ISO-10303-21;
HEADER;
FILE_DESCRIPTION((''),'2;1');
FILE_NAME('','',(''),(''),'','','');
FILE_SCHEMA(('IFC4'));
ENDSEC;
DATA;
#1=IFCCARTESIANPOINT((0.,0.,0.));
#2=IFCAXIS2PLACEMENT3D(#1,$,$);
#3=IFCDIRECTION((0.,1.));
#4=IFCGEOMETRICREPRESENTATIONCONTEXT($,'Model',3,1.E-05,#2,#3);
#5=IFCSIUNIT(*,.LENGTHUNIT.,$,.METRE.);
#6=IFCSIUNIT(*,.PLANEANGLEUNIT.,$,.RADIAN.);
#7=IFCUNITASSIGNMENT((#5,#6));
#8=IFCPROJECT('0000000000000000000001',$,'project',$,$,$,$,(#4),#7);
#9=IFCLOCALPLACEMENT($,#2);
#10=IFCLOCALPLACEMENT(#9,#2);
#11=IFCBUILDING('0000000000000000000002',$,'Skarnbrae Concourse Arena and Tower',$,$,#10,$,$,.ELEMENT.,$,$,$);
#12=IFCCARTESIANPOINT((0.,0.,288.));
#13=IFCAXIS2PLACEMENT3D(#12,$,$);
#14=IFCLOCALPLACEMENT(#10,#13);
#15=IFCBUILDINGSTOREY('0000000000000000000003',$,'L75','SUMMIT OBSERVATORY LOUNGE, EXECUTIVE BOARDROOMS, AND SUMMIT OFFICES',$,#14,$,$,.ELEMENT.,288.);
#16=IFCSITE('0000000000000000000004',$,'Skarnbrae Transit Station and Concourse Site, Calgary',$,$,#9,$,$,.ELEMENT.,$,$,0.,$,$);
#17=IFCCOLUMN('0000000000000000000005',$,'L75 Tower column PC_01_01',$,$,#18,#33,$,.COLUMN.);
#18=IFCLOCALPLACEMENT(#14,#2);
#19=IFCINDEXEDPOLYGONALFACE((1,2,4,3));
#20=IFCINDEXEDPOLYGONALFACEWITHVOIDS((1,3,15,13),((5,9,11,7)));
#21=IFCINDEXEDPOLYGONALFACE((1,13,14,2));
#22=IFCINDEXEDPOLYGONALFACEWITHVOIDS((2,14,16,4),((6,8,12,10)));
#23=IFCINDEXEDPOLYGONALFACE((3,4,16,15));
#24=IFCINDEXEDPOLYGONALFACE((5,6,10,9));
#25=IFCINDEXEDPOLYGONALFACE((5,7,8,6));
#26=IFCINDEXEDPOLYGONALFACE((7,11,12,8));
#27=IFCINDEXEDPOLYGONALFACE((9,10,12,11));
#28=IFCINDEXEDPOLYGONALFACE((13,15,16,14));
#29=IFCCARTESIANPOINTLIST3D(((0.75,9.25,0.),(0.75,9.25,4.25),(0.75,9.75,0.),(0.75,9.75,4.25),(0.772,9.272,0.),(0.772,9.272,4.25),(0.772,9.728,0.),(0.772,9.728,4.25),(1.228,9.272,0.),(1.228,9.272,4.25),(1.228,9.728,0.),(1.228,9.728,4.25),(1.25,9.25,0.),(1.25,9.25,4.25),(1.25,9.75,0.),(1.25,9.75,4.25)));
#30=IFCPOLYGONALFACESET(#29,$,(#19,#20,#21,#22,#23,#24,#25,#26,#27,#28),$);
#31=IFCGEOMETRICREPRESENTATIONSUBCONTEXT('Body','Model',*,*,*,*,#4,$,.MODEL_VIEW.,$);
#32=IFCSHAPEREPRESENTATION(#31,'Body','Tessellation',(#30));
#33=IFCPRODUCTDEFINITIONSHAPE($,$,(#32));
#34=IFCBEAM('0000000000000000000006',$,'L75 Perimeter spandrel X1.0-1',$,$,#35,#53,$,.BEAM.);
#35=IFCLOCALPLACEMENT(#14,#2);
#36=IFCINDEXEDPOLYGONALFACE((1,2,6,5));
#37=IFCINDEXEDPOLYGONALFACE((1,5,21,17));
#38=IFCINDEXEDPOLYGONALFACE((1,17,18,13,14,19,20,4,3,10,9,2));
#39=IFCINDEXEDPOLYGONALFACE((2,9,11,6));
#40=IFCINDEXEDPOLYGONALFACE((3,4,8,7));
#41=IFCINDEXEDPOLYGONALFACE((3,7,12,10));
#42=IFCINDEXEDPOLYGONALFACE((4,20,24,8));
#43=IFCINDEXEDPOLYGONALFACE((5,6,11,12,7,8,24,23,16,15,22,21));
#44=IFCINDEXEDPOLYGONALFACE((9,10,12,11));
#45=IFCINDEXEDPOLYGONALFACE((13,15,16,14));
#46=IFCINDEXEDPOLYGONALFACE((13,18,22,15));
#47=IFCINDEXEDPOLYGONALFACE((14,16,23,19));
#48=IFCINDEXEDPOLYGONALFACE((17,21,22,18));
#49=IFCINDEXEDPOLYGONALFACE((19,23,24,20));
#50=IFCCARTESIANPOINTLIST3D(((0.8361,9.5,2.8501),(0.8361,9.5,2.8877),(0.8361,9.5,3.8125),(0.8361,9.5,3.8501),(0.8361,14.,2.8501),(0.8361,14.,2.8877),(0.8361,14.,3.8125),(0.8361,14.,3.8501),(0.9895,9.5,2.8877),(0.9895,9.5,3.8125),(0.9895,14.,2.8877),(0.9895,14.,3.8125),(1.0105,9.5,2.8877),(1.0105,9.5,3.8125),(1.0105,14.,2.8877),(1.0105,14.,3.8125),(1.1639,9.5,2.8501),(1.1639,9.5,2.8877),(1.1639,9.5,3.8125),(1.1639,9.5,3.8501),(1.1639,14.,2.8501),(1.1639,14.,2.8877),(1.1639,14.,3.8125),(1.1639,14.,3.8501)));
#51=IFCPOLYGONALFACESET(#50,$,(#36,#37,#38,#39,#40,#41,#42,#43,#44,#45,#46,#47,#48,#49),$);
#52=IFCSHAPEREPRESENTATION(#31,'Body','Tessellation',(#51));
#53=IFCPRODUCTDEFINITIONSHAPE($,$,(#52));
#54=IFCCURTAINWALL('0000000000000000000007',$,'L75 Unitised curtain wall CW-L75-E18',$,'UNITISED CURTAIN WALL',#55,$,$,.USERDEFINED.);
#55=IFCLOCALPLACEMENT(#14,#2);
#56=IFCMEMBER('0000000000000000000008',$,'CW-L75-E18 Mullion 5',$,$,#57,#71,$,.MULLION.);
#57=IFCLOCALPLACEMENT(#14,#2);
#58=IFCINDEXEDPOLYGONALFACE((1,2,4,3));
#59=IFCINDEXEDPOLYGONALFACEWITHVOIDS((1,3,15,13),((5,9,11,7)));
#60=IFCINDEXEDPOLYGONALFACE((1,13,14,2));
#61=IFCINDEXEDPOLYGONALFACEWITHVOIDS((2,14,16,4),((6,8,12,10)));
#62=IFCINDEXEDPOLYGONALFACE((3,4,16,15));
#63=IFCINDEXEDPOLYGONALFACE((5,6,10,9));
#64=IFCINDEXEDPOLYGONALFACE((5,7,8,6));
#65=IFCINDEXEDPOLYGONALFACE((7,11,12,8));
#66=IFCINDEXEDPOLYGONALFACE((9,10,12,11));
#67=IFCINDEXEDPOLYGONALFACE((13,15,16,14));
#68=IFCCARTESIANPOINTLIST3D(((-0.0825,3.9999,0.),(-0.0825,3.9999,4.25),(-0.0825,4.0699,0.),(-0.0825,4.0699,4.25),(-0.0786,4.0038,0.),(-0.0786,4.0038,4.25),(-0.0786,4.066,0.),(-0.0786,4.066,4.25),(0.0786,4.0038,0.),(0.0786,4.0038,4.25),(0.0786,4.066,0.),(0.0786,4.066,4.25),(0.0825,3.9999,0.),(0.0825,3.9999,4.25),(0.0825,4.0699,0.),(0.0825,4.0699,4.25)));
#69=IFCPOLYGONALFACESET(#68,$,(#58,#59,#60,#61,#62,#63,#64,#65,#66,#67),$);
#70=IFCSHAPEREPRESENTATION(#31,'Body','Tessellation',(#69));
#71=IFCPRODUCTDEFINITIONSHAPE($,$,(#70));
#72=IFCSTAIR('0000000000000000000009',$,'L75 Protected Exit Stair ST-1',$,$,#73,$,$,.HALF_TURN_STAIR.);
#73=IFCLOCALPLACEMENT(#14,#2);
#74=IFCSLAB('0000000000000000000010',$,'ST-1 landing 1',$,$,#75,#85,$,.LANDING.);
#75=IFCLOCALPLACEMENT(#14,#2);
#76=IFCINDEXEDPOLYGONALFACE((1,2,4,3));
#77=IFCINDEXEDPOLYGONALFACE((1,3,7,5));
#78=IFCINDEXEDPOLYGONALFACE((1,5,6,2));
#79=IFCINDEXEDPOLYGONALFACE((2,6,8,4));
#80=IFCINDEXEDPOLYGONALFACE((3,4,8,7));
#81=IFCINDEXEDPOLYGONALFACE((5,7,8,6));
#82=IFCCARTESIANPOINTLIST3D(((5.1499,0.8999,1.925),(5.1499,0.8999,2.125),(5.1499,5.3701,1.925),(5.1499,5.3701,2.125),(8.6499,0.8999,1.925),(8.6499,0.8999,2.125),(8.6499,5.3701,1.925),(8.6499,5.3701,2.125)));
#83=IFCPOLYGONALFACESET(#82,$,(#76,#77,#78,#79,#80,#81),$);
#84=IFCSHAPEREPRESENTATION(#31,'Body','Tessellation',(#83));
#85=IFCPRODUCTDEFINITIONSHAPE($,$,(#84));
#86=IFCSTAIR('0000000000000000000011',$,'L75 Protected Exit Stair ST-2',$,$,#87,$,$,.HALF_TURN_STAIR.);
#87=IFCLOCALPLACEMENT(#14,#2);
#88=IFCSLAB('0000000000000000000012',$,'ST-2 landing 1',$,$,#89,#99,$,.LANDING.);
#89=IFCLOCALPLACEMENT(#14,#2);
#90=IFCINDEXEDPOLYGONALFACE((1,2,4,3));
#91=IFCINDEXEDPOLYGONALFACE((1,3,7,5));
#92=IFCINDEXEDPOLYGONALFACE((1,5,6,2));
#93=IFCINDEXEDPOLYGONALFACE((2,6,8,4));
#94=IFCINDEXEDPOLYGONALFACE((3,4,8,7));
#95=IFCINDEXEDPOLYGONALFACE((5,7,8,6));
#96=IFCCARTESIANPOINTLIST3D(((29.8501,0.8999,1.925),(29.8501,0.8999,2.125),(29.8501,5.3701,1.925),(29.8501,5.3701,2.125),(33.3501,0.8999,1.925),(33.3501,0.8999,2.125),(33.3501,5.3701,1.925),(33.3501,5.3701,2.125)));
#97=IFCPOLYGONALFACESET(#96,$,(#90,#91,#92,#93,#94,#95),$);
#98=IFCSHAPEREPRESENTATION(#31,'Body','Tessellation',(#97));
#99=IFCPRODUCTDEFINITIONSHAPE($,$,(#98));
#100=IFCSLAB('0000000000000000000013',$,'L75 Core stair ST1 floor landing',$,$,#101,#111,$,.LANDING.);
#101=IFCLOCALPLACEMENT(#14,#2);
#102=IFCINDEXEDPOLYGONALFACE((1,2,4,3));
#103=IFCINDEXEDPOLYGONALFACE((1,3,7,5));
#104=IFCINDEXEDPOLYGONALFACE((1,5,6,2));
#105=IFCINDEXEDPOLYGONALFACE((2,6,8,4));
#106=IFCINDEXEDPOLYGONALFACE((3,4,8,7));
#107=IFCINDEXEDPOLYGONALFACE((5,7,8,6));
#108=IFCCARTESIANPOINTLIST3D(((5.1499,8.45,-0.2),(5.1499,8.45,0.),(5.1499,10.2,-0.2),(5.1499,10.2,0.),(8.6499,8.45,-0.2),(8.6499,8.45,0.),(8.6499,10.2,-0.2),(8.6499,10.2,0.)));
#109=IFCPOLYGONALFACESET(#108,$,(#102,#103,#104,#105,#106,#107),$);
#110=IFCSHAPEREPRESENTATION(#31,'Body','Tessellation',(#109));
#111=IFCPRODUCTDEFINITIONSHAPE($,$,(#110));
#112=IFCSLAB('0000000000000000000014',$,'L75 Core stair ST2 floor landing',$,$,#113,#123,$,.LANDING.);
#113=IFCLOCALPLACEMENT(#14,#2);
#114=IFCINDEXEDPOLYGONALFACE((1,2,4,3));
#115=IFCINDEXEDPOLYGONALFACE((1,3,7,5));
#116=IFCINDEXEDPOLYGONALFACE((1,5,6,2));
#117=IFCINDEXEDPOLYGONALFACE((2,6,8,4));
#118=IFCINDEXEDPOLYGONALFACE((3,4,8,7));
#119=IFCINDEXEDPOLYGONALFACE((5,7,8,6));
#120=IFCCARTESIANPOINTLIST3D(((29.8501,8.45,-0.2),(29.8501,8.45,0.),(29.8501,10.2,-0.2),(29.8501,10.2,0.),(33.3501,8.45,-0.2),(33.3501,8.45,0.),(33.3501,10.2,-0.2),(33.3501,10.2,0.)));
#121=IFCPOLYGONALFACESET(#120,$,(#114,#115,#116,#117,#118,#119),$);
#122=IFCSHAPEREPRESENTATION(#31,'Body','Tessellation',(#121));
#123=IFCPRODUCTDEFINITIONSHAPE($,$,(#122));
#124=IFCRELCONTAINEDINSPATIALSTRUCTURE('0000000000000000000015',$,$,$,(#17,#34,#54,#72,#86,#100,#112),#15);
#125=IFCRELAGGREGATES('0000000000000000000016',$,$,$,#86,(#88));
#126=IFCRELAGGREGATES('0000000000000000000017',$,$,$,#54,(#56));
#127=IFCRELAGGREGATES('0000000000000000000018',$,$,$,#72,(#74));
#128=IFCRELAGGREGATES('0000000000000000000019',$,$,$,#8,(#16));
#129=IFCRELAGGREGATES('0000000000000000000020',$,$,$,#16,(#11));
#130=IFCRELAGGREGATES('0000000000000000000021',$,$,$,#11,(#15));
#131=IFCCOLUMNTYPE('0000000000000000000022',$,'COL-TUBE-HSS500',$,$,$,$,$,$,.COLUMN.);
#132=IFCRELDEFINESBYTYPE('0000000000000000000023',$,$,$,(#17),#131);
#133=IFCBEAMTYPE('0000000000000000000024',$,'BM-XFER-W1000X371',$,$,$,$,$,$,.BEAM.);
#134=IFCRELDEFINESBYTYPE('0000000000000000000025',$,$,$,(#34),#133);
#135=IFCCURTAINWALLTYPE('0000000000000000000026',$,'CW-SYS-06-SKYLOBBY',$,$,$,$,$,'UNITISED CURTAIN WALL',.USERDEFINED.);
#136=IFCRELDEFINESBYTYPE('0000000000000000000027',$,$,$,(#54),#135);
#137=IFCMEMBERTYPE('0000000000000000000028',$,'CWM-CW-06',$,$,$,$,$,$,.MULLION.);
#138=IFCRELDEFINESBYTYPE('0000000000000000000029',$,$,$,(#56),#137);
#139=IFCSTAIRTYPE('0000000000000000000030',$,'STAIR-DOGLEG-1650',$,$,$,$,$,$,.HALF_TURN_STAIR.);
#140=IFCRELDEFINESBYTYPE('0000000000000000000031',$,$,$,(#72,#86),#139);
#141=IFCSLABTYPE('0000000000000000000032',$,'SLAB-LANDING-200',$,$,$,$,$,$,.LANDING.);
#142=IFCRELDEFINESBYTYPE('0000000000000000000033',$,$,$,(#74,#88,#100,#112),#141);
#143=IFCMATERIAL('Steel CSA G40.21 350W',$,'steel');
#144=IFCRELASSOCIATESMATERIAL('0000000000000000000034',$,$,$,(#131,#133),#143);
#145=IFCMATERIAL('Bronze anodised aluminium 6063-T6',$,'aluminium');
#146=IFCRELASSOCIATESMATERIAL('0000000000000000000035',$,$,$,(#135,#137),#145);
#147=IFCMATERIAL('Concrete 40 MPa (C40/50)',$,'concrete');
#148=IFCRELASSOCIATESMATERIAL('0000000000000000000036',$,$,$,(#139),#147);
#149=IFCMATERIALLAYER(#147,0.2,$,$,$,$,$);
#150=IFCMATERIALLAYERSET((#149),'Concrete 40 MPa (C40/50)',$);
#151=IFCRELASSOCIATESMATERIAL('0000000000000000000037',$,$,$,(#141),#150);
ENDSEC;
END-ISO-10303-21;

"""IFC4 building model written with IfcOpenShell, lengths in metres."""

from ifc_helpers import new_model, si_unit, direction, frame, origin, origin_2d, place, context, subcontext, project, spatial, polyline, hollow_rectangle, i_section, outline, extrude, source, transform, mapped, material, layer, layer_set, material_profile, profile_set, type_object, element, aggregate, save


model = new_model("IFC4")

# Units and contexts
model_context = context("Model", 3, precision=1e-05, world=origin(), true_north=direction((0.0, 1.0)))
body_context = subcontext(model_context, "Body", "Model", "MODEL_VIEW")
ifc_project = project(units=[si_unit("LENGTHUNIT", "METRE"), si_unit("PLANEANGLEUNIT", "RADIAN")], contexts=[model_context])

# Site, building, storey
site_placement = place(None, origin())
site = spatial("IfcSite", under=ifc_project, at=site_placement, Name="Skarnbrae Transit Station and Concourse Site, Calgary", CompositionType="ELEMENT", RefElevation=0.0)
building_placement = place(site_placement, origin())
building = spatial("IfcBuilding", under=site, at=building_placement, Name="Skarnbrae Concourse Arena and Tower", CompositionType="ELEMENT")
storey_placement = place(building_placement, frame((0.0, 0.0, 288.0)))
storey = spatial("IfcBuildingStorey", under=building, at=storey_placement, Name="L75", Description="SUMMIT OBSERVATORY LOUNGE, EXECUTIVE BOARDROOMS, AND SUMMIT OFFICES", CompositionType="ELEMENT", Elevation=288.0)

# Column
ifc_material_1 = material(Name="Steel CSA G40.21 350W", Category="steel")
ifc_material_profile_1 = material_profile(ifc_material_1, hollow_rectangle(XDim=0.5, YDim=0.5, WallThickness=0.022, at=origin_2d()), Name="HSS500X500X22.0")
ifc_profile_set_1 = profile_set([ifc_material_profile_1], Name="Steel CSA G40.21 350W")
column_type = type_object("IfcColumnType", Name="COL-TUBE-HSS500", PredefinedType="COLUMN", material=ifc_profile_set_1)
shared_shape_1 = source(origin(), body_context, "Body", "SweptSolid", [
    extrude(hollow_rectangle(XDim=0.5, YDim=0.5, WallThickness=0.022, at=origin_2d()), origin(), (0.0, 0.0, 1.0), 4.25),
])
column_placement = place(storey_placement, frame((1.0, 9.5, 0.0), z_axis=(0.0, 0.0, 1.0), x_axis=(1.0, 0.0, 0.0)))
element("IfcColumn", 1, at=column_placement, inside=storey, type_object=column_type, Name="L75 Tower column PC_01_01", PredefinedType="COLUMN", context=body_context, shape_type="MappedRepresentation", body=[
    mapped(shared_shape_1, transform((0.0, 0.0, 0.0))),
])

# Beam
ifc_material_profile_2 = material_profile(ifc_material_1, i_section(OverallWidth=0.3279, OverallDepth=1.0, WebThickness=0.021, FlangeThickness=0.0376, at=origin_2d()), Name="W1000X371")
ifc_profile_set_2 = profile_set([ifc_material_profile_2], Name="Steel CSA G40.21 350W")
beam_type = type_object("IfcBeamType", Name="BM-XFER-W1000X371", PredefinedType="BEAM", material=ifc_profile_set_2)
shared_shape_2 = source(origin(), body_context, "Body", "SweptSolid", [
    extrude(i_section(OverallWidth=0.3279, OverallDepth=1.0, WebThickness=0.021, FlangeThickness=0.0376, at=origin_2d()), origin(), (0.0, 0.0, 1.0), 4.5),
])
beam_placement = place(storey_placement, frame((1.0, 9.5, 3.3501), z_axis=(0.0, 1.0, 0.0), x_axis=(-1.0, 0.0, 0.0)))
element("IfcBeam", 2, at=beam_placement, inside=storey, type_object=beam_type, Name="L75 Perimeter spandrel X1.0-1", PredefinedType="BEAM", context=body_context, shape_type="MappedRepresentation", body=[
    mapped(shared_shape_2, transform((0.0, 0.0, 0.0))),
])

# Curtain wall, member
ifc_material_2 = material(Name="Bronze anodised aluminium 6063-T6", Category="aluminium")
curtain_wall_type = type_object("IfcCurtainWallType", Name="CW-SYS-06-SKYLOBBY", ElementType="UNITISED CURTAIN WALL", PredefinedType="USERDEFINED", material=ifc_material_2)
curtain_wall_placement = place(storey_placement, origin())
curtain_wall = element("IfcCurtainWall", 3, at=curtain_wall_placement, inside=storey, type_object=curtain_wall_type, Name="L75 Unitised curtain wall CW-L75-E18", ObjectType="UNITISED CURTAIN WALL", PredefinedType="USERDEFINED")
ifc_material_profile_3 = material_profile(ifc_material_2, hollow_rectangle(XDim=0.0701, YDim=0.165, WallThickness=0.0039, at=origin_2d()), Name="ALU-MULL-70X165")
ifc_profile_set_3 = profile_set([ifc_material_profile_3], Name="Bronze anodised aluminium 6063-T6")
member_type = type_object("IfcMemberType", Name="CWM-CW-06", PredefinedType="MULLION", material=ifc_profile_set_3)
shared_shape_3 = source(origin(), body_context, "Body", "SweptSolid", [
    extrude(hollow_rectangle(XDim=0.0701, YDim=0.165, WallThickness=0.0039, at=origin_2d()), origin(), (0.0, 0.0, 1.0), 4.25),
])
member_placement = place(storey_placement, frame((0.0, 4.0349, 0.0), z_axis=(0.0, 0.0, 1.0), x_axis=(0.0, -1.0, 0.0)))
member = element("IfcMember", 4, at=member_placement, type_object=member_type, Name="CW-L75-E18 Mullion 5", PredefinedType="MULLION", context=body_context, shape_type="MappedRepresentation", body=[
    mapped(shared_shape_3, transform((0.0, 0.0, 0.0))),
])

# Stairs, slabs
ifc_material_3 = material(Name="Concrete 40 MPa (C40/50)", Category="concrete")
stair_type = type_object("IfcStairType", Name="STAIR-DOGLEG-1650", PredefinedType="HALF_TURN_STAIR", material=ifc_material_3)
stair_1_placement = place(storey_placement, origin())
stair_1 = element("IfcStair", 5, at=stair_1_placement, inside=storey, type_object=stair_type, Name="L75 Protected Exit Stair ST-1", PredefinedType="HALF_TURN_STAIR")
ifc_layer_1 = layer(ifc_material_3, 0.2)
ifc_layer_set_1 = layer_set([ifc_layer_1], Name="Concrete 40 MPa (C40/50)")
slab_type_1 = type_object("IfcSlabType", Name="SLAB-LANDING-200", PredefinedType="LANDING", material=ifc_layer_set_1)
slab_1_placement = place(storey_placement, frame((0.0, 0.0, 1.925)))
slab_1 = element("IfcSlab", 6, at=slab_1_placement, type_object=slab_type_1, Name="ST-1 landing 1", PredefinedType="LANDING", context=body_context, shape_type="SweptSolid", body=[
    extrude(outline(polyline([(5.1499, 5.3701), (5.1499, 0.8999), (8.6499, 0.8999), (8.6499, 5.3701), (5.1499, 5.3701)])), origin(), (0.0, 0.0, 1.0), 0.2),
])
stair_2_placement = place(storey_placement, origin())
stair_2 = element("IfcStair", 7, at=stair_2_placement, inside=storey, type_object=stair_type, Name="L75 Protected Exit Stair ST-2", PredefinedType="HALF_TURN_STAIR")
slab_2_placement = place(storey_placement, frame((0.0, 0.0, 1.925)))
slab_2 = element("IfcSlab", 8, at=slab_2_placement, type_object=slab_type_1, Name="ST-2 landing 1", PredefinedType="LANDING", context=body_context, shape_type="SweptSolid", body=[
    extrude(outline(polyline([(29.8501, 5.3701), (29.8501, 0.8999), (33.3501, 0.8999), (33.3501, 5.3701), (29.8501, 5.3701)])), origin(), (0.0, 0.0, 1.0), 0.2),
])
aggregate(stair_2, [slab_2])

# Slabs
slab_3_placement = place(storey_placement, frame((0.0, 0.0, -0.2)))
element("IfcSlab", 9, at=slab_3_placement, inside=storey, type_object=slab_type_1, Name="L75 Core stair ST1 floor landing", PredefinedType="LANDING", context=body_context, shape_type="SweptSolid", body=[
    extrude(outline(polyline([(5.1499, 10.2), (5.1499, 8.45), (8.6499, 8.45), (8.6499, 10.2), (5.1499, 10.2)])), origin(), (0.0, 0.0, 1.0), 0.2),
])
slab_4_placement = place(storey_placement, frame((0.0, 0.0, -0.2)))
element("IfcSlab", 10, at=slab_4_placement, inside=storey, type_object=slab_type_1, Name="L75 Core stair ST2 floor landing", PredefinedType="LANDING", context=body_context, shape_type="SweptSolid", body=[
    extrude(outline(polyline([(29.8501, 10.2), (29.8501, 8.45), (33.3501, 8.45), (33.3501, 10.2), (29.8501, 10.2)])), origin(), (0.0, 0.0, 1.0), 0.2),
])

aggregate(curtain_wall, [member])

aggregate(stair_1, [slab_1])

save(model, "model.ifc")
